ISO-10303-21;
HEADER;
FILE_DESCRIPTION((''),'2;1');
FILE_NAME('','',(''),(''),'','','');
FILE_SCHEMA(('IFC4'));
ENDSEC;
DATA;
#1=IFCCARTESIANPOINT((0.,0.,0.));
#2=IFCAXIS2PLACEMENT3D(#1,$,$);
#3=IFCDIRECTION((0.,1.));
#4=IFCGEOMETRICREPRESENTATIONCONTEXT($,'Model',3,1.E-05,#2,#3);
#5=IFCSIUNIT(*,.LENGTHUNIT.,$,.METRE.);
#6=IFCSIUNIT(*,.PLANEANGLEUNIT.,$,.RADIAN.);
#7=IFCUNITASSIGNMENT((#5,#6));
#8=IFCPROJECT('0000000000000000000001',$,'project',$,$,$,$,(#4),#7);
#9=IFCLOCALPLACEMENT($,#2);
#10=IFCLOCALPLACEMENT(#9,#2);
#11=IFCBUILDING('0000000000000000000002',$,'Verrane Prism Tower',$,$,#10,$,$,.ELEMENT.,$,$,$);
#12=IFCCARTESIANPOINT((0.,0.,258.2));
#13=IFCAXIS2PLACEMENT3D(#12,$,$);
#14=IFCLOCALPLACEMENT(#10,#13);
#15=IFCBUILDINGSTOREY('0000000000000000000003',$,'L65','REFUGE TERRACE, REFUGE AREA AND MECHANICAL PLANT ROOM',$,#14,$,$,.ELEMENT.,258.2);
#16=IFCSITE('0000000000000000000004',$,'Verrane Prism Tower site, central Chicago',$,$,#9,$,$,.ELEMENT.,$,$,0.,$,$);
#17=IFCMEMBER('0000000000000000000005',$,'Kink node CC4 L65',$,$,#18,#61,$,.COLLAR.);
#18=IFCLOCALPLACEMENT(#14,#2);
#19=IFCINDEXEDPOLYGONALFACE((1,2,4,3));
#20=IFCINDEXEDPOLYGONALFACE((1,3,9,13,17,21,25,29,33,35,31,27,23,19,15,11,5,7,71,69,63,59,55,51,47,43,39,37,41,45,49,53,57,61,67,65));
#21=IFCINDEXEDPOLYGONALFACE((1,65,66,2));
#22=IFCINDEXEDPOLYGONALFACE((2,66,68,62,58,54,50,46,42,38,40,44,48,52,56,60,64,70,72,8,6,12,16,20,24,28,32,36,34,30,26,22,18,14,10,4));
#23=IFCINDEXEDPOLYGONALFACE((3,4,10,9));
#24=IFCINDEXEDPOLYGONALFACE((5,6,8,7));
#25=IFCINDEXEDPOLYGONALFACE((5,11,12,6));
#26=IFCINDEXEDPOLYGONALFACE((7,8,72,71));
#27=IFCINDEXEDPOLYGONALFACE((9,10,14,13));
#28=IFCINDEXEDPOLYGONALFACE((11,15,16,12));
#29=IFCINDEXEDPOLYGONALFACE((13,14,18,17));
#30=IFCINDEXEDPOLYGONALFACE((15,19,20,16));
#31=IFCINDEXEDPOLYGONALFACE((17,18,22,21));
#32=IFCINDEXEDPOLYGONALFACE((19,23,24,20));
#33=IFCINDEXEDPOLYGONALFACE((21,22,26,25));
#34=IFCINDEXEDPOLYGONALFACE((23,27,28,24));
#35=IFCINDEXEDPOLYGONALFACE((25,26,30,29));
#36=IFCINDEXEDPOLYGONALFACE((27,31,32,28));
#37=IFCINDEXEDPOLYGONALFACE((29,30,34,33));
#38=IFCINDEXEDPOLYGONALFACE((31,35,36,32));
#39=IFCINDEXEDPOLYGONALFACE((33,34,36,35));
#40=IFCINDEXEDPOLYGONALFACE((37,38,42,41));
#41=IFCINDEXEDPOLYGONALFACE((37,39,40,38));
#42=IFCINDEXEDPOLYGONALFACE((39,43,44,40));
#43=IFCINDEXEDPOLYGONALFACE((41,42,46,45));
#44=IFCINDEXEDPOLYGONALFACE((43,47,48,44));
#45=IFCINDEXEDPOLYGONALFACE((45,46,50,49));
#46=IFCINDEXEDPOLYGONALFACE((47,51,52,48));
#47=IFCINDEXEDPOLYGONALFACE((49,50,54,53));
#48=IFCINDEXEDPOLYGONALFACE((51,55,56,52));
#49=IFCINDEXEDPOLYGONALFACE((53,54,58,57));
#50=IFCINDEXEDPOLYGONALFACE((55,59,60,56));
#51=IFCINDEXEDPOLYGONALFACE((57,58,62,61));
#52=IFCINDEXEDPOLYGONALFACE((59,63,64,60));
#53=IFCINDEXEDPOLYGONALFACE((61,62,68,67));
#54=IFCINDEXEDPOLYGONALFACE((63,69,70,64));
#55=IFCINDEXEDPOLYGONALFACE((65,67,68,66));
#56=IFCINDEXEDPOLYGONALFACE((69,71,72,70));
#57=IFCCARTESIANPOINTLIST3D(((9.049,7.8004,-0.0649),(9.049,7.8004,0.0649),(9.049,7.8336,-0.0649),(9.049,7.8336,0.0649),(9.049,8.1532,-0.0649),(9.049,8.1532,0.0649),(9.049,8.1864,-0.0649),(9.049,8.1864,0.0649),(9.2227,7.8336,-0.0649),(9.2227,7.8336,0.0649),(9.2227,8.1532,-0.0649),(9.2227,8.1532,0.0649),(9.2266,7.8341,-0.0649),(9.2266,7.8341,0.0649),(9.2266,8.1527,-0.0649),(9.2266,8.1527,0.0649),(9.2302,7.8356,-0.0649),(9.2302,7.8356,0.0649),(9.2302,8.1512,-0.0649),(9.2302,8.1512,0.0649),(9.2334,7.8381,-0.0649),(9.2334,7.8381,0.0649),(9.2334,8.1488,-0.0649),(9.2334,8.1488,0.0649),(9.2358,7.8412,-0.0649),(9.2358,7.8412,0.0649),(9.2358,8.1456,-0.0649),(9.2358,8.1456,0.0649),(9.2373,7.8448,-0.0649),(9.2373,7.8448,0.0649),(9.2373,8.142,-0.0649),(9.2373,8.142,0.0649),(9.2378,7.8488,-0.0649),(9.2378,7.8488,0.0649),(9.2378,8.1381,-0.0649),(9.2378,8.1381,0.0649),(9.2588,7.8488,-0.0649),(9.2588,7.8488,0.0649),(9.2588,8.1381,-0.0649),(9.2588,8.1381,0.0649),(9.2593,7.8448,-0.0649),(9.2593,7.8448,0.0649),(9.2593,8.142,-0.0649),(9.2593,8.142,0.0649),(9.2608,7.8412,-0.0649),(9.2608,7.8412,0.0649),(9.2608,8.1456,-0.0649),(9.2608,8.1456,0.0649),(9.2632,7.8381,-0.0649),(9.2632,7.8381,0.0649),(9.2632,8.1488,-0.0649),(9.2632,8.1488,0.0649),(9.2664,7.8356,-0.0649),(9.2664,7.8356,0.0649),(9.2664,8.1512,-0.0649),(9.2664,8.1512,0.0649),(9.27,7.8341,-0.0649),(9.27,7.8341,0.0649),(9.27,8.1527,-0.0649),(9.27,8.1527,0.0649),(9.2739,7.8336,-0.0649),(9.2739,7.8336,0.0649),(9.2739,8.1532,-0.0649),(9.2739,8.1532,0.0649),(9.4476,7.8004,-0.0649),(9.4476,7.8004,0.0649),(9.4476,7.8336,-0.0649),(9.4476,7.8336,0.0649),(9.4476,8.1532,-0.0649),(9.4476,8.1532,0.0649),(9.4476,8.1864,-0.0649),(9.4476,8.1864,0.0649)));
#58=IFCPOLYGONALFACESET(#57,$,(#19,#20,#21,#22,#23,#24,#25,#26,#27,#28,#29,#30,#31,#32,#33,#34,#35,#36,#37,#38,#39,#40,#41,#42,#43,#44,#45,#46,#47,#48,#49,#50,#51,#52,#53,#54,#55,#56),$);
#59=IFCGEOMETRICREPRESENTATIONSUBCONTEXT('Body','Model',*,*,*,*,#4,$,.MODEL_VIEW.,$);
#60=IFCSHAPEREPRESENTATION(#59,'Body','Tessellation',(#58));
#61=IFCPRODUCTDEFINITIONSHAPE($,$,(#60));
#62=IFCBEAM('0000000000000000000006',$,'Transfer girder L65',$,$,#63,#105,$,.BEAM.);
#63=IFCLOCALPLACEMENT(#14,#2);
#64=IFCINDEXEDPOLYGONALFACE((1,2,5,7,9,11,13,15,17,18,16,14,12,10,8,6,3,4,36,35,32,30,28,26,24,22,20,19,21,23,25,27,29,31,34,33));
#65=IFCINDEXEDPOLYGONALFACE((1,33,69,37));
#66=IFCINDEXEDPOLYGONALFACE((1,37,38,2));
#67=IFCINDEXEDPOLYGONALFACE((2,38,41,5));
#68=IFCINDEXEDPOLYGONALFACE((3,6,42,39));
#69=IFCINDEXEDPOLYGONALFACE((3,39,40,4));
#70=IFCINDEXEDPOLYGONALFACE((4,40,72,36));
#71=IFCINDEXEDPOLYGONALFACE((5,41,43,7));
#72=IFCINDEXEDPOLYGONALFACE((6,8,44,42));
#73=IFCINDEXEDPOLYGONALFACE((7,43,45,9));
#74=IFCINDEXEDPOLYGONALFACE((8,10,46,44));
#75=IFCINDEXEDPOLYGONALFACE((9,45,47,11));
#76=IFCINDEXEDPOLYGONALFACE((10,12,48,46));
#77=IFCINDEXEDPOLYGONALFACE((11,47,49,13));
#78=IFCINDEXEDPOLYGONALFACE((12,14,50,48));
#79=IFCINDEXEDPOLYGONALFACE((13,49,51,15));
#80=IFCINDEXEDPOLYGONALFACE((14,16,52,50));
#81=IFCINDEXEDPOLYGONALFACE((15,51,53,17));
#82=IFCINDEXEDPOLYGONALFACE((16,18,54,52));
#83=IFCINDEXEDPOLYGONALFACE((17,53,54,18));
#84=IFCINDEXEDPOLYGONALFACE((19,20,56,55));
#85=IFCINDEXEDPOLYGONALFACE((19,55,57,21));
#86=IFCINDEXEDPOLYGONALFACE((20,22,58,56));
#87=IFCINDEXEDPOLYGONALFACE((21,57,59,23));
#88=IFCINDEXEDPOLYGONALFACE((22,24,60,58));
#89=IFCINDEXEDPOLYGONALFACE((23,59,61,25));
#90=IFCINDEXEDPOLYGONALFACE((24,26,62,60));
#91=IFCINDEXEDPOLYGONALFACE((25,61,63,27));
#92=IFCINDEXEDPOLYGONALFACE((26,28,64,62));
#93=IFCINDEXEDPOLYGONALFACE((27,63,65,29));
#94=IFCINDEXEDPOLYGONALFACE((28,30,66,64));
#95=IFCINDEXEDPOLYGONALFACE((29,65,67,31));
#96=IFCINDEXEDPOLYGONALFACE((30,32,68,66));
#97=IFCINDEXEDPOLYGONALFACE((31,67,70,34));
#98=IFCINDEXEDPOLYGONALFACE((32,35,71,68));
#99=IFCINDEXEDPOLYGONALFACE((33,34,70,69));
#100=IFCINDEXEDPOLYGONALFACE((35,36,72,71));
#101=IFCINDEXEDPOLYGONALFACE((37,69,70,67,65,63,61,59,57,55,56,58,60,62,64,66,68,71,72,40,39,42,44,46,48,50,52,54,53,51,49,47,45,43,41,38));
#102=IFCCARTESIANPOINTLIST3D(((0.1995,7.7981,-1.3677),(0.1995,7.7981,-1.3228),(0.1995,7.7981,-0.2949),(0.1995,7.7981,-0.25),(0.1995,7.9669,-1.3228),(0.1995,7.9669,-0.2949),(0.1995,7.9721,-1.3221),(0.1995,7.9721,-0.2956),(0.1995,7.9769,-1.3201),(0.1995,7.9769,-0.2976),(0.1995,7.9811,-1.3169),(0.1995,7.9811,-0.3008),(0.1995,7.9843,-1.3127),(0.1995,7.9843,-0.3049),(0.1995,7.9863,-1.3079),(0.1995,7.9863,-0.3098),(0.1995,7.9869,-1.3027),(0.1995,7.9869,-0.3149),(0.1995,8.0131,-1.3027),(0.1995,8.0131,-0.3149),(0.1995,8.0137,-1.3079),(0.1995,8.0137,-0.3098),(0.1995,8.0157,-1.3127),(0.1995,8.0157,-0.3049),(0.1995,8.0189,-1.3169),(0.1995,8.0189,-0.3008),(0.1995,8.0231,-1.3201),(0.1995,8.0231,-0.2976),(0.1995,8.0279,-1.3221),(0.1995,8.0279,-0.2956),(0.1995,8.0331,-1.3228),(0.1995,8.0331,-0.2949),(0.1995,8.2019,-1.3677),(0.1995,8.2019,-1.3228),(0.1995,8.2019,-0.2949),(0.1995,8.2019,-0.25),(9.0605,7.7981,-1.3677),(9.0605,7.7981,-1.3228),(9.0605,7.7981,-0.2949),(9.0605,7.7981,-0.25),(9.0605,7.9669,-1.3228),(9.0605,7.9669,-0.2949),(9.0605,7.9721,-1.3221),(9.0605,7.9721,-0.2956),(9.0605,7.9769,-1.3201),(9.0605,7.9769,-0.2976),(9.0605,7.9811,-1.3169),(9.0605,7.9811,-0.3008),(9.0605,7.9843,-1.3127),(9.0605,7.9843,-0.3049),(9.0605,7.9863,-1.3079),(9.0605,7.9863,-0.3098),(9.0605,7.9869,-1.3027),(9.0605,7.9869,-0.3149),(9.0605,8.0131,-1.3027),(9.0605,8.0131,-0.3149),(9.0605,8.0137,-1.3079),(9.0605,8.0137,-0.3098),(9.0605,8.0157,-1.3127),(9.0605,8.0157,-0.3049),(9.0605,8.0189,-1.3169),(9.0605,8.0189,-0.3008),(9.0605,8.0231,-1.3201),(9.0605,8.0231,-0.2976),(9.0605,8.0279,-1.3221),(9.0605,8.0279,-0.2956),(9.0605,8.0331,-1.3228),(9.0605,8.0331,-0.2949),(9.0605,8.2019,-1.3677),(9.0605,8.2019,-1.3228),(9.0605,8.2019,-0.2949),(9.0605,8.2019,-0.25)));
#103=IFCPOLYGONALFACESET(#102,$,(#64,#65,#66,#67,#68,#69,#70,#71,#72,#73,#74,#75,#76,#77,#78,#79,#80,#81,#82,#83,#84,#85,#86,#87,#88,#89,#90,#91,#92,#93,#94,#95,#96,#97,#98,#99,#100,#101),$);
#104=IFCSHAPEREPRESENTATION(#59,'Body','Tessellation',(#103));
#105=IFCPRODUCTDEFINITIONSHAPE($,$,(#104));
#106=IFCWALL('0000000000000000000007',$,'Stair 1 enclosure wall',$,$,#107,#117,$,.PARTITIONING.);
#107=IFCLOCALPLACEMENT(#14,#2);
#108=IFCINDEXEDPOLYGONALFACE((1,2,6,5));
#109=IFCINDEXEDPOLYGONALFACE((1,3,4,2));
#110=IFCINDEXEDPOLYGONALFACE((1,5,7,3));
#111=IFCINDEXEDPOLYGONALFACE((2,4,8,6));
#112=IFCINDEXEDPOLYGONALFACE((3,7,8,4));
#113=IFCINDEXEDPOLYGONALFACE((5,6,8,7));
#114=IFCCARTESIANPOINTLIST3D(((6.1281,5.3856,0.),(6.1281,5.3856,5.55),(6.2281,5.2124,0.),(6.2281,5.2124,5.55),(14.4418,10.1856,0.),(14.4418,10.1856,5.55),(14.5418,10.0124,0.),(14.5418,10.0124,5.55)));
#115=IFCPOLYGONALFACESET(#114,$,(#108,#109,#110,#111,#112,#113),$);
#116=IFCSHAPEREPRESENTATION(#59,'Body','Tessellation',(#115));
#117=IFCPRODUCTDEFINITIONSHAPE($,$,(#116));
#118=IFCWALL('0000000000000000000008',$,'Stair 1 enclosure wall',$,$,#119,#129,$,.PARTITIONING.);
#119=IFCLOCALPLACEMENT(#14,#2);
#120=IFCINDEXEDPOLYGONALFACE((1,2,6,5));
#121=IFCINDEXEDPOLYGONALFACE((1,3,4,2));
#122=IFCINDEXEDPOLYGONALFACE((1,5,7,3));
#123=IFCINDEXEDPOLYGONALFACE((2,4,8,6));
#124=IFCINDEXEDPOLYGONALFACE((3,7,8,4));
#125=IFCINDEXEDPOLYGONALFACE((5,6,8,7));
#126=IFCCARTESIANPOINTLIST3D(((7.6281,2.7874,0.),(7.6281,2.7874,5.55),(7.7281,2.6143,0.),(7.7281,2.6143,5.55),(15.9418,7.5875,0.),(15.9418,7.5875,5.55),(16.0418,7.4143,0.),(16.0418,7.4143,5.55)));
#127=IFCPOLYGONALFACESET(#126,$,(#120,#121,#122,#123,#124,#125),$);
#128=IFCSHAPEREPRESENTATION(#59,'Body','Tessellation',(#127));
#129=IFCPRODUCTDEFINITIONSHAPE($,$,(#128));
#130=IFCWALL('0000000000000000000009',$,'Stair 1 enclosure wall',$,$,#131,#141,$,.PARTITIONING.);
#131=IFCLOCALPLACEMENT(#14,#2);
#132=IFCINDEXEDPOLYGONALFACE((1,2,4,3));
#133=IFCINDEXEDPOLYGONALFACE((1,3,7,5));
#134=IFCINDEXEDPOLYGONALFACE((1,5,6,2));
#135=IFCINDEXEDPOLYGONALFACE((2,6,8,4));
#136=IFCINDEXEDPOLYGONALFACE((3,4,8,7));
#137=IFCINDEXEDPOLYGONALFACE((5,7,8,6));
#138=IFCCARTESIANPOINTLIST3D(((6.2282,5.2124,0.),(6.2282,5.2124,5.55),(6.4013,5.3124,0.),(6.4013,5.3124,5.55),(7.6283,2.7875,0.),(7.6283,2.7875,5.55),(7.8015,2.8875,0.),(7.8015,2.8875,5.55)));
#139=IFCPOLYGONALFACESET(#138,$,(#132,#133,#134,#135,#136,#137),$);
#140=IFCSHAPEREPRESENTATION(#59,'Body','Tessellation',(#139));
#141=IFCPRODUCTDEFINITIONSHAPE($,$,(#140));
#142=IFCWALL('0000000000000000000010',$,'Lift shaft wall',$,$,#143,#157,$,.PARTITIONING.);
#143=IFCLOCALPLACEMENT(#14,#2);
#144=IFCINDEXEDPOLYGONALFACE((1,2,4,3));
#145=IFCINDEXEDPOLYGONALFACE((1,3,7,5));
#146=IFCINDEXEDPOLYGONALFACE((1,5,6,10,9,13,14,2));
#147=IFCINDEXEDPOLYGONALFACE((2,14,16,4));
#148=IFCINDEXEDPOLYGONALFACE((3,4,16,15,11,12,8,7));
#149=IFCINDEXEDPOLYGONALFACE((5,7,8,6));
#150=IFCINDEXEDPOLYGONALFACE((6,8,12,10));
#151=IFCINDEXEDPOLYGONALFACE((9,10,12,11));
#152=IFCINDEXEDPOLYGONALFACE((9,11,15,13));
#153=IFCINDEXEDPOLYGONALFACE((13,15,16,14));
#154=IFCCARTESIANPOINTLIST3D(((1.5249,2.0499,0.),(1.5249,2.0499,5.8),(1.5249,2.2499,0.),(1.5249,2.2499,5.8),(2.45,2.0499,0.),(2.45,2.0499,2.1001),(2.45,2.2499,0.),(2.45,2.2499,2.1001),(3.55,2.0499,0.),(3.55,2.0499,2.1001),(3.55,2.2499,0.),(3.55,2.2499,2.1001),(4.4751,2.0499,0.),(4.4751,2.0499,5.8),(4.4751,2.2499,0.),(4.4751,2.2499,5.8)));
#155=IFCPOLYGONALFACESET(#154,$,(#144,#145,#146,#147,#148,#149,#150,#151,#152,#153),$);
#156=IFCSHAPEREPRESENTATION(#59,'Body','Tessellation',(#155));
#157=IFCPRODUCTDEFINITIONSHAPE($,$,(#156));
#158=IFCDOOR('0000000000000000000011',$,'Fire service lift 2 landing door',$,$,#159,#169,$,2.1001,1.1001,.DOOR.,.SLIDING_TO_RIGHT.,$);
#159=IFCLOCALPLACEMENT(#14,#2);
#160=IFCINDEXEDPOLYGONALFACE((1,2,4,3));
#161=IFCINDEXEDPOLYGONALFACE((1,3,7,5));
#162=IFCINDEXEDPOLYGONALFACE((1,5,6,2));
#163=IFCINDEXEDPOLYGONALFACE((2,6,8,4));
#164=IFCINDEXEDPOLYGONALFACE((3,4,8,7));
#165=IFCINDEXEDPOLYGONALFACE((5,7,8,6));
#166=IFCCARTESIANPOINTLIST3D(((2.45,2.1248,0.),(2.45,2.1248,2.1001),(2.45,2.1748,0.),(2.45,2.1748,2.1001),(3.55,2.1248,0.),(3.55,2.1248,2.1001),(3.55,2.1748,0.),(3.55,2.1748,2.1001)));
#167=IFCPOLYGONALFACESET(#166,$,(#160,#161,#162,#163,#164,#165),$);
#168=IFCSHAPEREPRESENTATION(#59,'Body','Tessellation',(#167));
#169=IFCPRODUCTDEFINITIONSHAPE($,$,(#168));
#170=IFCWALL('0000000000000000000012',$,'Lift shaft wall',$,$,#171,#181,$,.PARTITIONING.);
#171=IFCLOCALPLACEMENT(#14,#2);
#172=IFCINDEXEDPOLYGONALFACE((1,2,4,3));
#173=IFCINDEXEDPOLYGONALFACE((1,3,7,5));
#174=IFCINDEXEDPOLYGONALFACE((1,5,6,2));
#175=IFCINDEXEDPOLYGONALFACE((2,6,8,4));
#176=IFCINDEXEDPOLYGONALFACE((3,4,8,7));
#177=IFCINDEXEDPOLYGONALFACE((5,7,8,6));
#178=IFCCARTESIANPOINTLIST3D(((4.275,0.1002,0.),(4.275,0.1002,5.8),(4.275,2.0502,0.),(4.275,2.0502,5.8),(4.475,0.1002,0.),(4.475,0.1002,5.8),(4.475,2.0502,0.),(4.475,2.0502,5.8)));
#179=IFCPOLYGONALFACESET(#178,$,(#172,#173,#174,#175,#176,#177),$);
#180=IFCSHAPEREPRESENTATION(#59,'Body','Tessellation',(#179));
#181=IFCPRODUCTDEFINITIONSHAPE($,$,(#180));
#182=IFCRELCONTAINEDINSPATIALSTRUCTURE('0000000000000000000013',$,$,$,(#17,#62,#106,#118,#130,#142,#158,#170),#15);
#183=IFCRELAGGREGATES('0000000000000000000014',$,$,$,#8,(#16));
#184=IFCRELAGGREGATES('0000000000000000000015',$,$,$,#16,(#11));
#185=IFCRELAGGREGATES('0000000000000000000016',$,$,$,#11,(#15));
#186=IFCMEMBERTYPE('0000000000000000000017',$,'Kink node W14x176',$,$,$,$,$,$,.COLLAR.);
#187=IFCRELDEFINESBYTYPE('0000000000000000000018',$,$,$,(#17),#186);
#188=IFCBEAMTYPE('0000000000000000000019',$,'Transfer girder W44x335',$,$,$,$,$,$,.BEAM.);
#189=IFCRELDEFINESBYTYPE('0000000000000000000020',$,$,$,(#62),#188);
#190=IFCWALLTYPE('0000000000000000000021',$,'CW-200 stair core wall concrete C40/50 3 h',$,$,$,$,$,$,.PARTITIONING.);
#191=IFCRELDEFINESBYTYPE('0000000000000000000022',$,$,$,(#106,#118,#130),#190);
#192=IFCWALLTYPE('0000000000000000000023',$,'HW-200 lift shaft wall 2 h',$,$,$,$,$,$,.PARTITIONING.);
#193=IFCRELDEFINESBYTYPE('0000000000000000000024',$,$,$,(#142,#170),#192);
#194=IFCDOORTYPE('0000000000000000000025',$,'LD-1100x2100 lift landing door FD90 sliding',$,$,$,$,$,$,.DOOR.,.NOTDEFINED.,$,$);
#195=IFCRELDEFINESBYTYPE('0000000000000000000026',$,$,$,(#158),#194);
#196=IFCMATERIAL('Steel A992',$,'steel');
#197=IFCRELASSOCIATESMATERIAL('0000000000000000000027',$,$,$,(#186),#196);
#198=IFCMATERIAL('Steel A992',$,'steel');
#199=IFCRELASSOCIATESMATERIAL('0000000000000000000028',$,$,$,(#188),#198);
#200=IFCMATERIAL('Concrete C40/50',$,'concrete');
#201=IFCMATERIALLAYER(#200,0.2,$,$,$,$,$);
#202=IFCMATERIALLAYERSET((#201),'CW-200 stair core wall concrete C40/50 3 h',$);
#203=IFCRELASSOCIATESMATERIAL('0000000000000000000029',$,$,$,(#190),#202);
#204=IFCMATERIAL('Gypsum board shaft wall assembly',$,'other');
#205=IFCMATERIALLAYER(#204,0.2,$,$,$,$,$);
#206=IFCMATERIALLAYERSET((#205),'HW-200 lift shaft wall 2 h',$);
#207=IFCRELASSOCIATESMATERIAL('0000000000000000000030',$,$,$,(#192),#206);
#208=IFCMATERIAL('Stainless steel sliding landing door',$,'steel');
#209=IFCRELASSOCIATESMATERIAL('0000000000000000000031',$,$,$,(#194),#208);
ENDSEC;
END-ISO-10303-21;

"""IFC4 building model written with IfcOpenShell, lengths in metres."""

from ifc_helpers import new_model, si_unit, direction, frame, frame_2d, origin, origin_2d, place, context, subcontext, project, spatial, rectangle, i_section, extrude, material, layer, layer_set, material_profile, profile_set, type_object, element, fill, save


model = new_model("IFC4")

# Units and contexts
model_context = context("Model", 3, precision=1e-05, world=origin(), true_north=direction((0.0, 1.0)))
body_context = subcontext(model_context, "Body", "Model", "MODEL_VIEW")
ifc_project = project(units=[si_unit("LENGTHUNIT", "METRE"), si_unit("PLANEANGLEUNIT", "RADIAN")], contexts=[model_context])

# Site, building, storey
site_placement = place(None, origin())
site = spatial("IfcSite", under=ifc_project, at=site_placement, Name="Verrane Prism Tower site, central Chicago", CompositionType="ELEMENT", RefElevation=0.0)
building_placement = place(site_placement, origin())
building = spatial("IfcBuilding", under=site, at=building_placement, Name="Verrane Prism Tower", CompositionType="ELEMENT")
storey_placement = place(building_placement, frame((0.0, 0.0, 258.2)))
storey = spatial("IfcBuildingStorey", under=building, at=storey_placement, Name="L65", Description="REFUGE TERRACE, REFUGE AREA AND MECHANICAL PLANT ROOM", CompositionType="ELEMENT", Elevation=258.2)

# Member
ifc_material_1 = material(Name="Steel A992", Category="steel")
ifc_material_profile_1 = material_profile(ifc_material_1, i_section(OverallWidth=0.3987, OverallDepth=0.386, WebThickness=0.021, FlangeThickness=0.0332, FilletRadius=0.0151, at=origin_2d()), Name="W14x176")
ifc_profile_set_1 = profile_set([ifc_material_profile_1], Name="Steel A992")
member_type = type_object("IfcMemberType", Name="Kink node W14x176", PredefinedType="COLLAR", material=ifc_profile_set_1)
member_placement = place(storey_placement, frame((9.2483, 7.9934, -0.0649), z_axis=(0.0, 0.0, 1.0), x_axis=(1.0, 0.0, 0.0)))
element("IfcMember", 1, at=member_placement, inside=storey, type_object=member_type, Name="Kink node CC4 L65", PredefinedType="COLLAR", context=body_context, shape_type="SweptSolid", body=[
    extrude(i_section(OverallWidth=0.3987, OverallDepth=0.386, WebThickness=0.021, FlangeThickness=0.0332, FilletRadius=0.0151, at=origin_2d()), origin(), (0.0, 0.0, 1.0), 0.1299),
])

# Beam
ifc_material_2 = material(Name="Steel A992", Category="steel")
ifc_material_profile_2 = material_profile(ifc_material_2, i_section(OverallWidth=0.4038, OverallDepth=1.1177, WebThickness=0.0261, FlangeThickness=0.0449, FilletRadius=0.02, at=origin_2d()), Name="W44x335")
ifc_profile_set_2 = profile_set([ifc_material_profile_2], Name="Steel A992")
beam_type_1 = type_object("IfcBeamType", Name="Transfer girder W44x335", PredefinedType="BEAM", material=ifc_profile_set_2)
beam_1_placement = place(storey_placement, frame((9.0605, 8.0, -0.8088), z_axis=(-1.0, 0.0, 0.0), x_axis=(0.0, -1.0, 0.0)))
element("IfcBeam", 2, at=beam_1_placement, inside=storey, type_object=beam_type_1, Name="Transfer girder L65", PredefinedType="BEAM", context=body_context, shape_type="SweptSolid", body=[
    extrude(i_section(OverallWidth=0.4038, OverallDepth=1.1177, WebThickness=0.0261, FlangeThickness=0.0449, FilletRadius=0.02, at=origin_2d()), origin(), (0.0, 0.0, 1.0), 8.8611),
])

# Walls
ifc_material_3 = material(Name="Concrete C40/50", Category="concrete")
ifc_layer_1 = layer(ifc_material_3, 0.2)
ifc_layer_set_1 = layer_set([ifc_layer_1], Name="CW-200 stair core wall concrete C40/50 3 h")
wall_type_1 = type_object("IfcWallType", Name="CW-200 stair core wall concrete C40/50 3 h", PredefinedType="PARTITIONING", material=ifc_layer_set_1)
for number, where, z_axis, x_axis, name in (
    (3, (6.1782, 5.2991, 0.0), (0.0, 0.0, 1.0), (0.86602, 0.500009, 0.0), "Stair 1 enclosure wall"),
    (4, (7.6782, 2.7009, 0.0), (0.0, 0.0, 1.0), (0.86602, 0.500009, 0.0), "Stair 1 enclosure wall"),
):
    element("IfcWall", number, at=place(storey_placement, frame(where, z_axis=z_axis, x_axis=x_axis)), inside=storey, type_object=wall_type_1, Name=name, PredefinedType="PARTITIONING", context=body_context, shape_type="SweptSolid", body=[
        extrude(rectangle(XDim=9.5999, YDim=0.2, at=frame_2d((4.7998, 0.0))), origin(), (0.0, 0.0, 1.0), 5.55),
    ])
wall_1_placement = place(storey_placement, frame((7.7148, 2.8376, 0.0), z_axis=(0.0, 0.0, 1.0), x_axis=(-0.50005, 0.865997, 0.0)))
element("IfcWall", 5, at=wall_1_placement, inside=storey, type_object=wall_type_1, Name="Stair 1 enclosure wall", PredefinedType="PARTITIONING", context=body_context, shape_type="SweptSolid", body=[
    extrude(rectangle(XDim=2.8, YDim=0.2, at=frame_2d((1.3999, 0.0))), origin(), (0.0, 0.0, 1.0), 5.55),
])

# Wall, opening, door
ifc_material_4 = material(Name="Gypsum board shaft wall assembly", Category="other")
ifc_layer_2 = layer(ifc_material_4, 0.2)
ifc_layer_set_2 = layer_set([ifc_layer_2], Name="HW-200 lift shaft wall 2 h")
wall_type_2 = type_object("IfcWallType", Name="HW-200 lift shaft wall 2 h", PredefinedType="PARTITIONING", material=ifc_layer_set_2)
wall_2_placement = place(storey_placement, frame((1.5249, 2.1499, 0.0), z_axis=(0.0, 0.0, 1.0), x_axis=(1.0, 0.0, 0.0)))
wall_2 = element("IfcWall", 6, at=wall_2_placement, inside=storey, type_object=wall_type_2, Name="Lift shaft wall", PredefinedType="PARTITIONING", context=body_context, shape_type="SweptSolid", body=[
    extrude(rectangle(XDim=2.9502, YDim=0.2, at=frame_2d((1.4751, 0.0))), origin(), (0.0, 0.0, 1.0), 5.8),
])
opening_1_placement = place(wall_2_placement, frame((0.925, 0.0, 0.0)))
opening_1 = element("IfcOpeningElement", 7, at=opening_1_placement, cuts=wall_2, PredefinedType="OPENING", context=body_context, shape_type="SweptSolid", body=[
    extrude(rectangle(XDim=1.1001, YDim=2.1001, at=frame_2d((0.55, 1.05))), frame((0.0, 0.1099, 0.0), z_axis=(0.0, -1.0, 0.0), x_axis=(1.0, 0.0, 0.0)), (0.0, 0.0, 1.0), 0.22),
])
ifc_material_5 = material(Name="Stainless steel sliding landing door", Category="steel")
door_type_1 = type_object("IfcDoorType", Name="LD-1100x2100 lift landing door FD90 sliding", OperationType="NOTDEFINED", PredefinedType="DOOR", material=ifc_material_5)
door_1_placement = place(opening_1_placement, origin())
door_1 = element("IfcDoor", 8, at=door_1_placement, inside=storey, type_object=door_type_1, Name="Fire service lift 2 landing door", OperationType="SLIDING_TO_RIGHT", OverallHeight=2.1001, OverallWidth=1.1001, PredefinedType="DOOR", context=body_context, shape_type="SweptSolid", body=[
    extrude(rectangle(XDim=1.1001, YDim=2.1001, at=frame_2d((0.55, 1.05))), frame((0.0, 0.0249, 0.0), z_axis=(0.0, -1.0, 0.0), x_axis=(1.0, 0.0, 0.0)), (0.0, 0.0, 1.0), 0.05),
])
fill(opening_1, door_1)

# Wall
wall_3_placement = place(storey_placement, frame((4.375, 0.1001, 0.0), z_axis=(0.0, 0.0, 1.0), x_axis=(0.0, 1.0, 0.0)))
element("IfcWall", 9, at=wall_3_placement, inside=storey, type_object=wall_type_2, Name="Lift shaft wall", PredefinedType="PARTITIONING", context=body_context, shape_type="SweptSolid", body=[
    extrude(rectangle(XDim=1.95, YDim=0.2, at=frame_2d((0.9751, 0.0))), origin(), (0.0, 0.0, 1.0), 5.8),
])

save(model, "model.ifc")
